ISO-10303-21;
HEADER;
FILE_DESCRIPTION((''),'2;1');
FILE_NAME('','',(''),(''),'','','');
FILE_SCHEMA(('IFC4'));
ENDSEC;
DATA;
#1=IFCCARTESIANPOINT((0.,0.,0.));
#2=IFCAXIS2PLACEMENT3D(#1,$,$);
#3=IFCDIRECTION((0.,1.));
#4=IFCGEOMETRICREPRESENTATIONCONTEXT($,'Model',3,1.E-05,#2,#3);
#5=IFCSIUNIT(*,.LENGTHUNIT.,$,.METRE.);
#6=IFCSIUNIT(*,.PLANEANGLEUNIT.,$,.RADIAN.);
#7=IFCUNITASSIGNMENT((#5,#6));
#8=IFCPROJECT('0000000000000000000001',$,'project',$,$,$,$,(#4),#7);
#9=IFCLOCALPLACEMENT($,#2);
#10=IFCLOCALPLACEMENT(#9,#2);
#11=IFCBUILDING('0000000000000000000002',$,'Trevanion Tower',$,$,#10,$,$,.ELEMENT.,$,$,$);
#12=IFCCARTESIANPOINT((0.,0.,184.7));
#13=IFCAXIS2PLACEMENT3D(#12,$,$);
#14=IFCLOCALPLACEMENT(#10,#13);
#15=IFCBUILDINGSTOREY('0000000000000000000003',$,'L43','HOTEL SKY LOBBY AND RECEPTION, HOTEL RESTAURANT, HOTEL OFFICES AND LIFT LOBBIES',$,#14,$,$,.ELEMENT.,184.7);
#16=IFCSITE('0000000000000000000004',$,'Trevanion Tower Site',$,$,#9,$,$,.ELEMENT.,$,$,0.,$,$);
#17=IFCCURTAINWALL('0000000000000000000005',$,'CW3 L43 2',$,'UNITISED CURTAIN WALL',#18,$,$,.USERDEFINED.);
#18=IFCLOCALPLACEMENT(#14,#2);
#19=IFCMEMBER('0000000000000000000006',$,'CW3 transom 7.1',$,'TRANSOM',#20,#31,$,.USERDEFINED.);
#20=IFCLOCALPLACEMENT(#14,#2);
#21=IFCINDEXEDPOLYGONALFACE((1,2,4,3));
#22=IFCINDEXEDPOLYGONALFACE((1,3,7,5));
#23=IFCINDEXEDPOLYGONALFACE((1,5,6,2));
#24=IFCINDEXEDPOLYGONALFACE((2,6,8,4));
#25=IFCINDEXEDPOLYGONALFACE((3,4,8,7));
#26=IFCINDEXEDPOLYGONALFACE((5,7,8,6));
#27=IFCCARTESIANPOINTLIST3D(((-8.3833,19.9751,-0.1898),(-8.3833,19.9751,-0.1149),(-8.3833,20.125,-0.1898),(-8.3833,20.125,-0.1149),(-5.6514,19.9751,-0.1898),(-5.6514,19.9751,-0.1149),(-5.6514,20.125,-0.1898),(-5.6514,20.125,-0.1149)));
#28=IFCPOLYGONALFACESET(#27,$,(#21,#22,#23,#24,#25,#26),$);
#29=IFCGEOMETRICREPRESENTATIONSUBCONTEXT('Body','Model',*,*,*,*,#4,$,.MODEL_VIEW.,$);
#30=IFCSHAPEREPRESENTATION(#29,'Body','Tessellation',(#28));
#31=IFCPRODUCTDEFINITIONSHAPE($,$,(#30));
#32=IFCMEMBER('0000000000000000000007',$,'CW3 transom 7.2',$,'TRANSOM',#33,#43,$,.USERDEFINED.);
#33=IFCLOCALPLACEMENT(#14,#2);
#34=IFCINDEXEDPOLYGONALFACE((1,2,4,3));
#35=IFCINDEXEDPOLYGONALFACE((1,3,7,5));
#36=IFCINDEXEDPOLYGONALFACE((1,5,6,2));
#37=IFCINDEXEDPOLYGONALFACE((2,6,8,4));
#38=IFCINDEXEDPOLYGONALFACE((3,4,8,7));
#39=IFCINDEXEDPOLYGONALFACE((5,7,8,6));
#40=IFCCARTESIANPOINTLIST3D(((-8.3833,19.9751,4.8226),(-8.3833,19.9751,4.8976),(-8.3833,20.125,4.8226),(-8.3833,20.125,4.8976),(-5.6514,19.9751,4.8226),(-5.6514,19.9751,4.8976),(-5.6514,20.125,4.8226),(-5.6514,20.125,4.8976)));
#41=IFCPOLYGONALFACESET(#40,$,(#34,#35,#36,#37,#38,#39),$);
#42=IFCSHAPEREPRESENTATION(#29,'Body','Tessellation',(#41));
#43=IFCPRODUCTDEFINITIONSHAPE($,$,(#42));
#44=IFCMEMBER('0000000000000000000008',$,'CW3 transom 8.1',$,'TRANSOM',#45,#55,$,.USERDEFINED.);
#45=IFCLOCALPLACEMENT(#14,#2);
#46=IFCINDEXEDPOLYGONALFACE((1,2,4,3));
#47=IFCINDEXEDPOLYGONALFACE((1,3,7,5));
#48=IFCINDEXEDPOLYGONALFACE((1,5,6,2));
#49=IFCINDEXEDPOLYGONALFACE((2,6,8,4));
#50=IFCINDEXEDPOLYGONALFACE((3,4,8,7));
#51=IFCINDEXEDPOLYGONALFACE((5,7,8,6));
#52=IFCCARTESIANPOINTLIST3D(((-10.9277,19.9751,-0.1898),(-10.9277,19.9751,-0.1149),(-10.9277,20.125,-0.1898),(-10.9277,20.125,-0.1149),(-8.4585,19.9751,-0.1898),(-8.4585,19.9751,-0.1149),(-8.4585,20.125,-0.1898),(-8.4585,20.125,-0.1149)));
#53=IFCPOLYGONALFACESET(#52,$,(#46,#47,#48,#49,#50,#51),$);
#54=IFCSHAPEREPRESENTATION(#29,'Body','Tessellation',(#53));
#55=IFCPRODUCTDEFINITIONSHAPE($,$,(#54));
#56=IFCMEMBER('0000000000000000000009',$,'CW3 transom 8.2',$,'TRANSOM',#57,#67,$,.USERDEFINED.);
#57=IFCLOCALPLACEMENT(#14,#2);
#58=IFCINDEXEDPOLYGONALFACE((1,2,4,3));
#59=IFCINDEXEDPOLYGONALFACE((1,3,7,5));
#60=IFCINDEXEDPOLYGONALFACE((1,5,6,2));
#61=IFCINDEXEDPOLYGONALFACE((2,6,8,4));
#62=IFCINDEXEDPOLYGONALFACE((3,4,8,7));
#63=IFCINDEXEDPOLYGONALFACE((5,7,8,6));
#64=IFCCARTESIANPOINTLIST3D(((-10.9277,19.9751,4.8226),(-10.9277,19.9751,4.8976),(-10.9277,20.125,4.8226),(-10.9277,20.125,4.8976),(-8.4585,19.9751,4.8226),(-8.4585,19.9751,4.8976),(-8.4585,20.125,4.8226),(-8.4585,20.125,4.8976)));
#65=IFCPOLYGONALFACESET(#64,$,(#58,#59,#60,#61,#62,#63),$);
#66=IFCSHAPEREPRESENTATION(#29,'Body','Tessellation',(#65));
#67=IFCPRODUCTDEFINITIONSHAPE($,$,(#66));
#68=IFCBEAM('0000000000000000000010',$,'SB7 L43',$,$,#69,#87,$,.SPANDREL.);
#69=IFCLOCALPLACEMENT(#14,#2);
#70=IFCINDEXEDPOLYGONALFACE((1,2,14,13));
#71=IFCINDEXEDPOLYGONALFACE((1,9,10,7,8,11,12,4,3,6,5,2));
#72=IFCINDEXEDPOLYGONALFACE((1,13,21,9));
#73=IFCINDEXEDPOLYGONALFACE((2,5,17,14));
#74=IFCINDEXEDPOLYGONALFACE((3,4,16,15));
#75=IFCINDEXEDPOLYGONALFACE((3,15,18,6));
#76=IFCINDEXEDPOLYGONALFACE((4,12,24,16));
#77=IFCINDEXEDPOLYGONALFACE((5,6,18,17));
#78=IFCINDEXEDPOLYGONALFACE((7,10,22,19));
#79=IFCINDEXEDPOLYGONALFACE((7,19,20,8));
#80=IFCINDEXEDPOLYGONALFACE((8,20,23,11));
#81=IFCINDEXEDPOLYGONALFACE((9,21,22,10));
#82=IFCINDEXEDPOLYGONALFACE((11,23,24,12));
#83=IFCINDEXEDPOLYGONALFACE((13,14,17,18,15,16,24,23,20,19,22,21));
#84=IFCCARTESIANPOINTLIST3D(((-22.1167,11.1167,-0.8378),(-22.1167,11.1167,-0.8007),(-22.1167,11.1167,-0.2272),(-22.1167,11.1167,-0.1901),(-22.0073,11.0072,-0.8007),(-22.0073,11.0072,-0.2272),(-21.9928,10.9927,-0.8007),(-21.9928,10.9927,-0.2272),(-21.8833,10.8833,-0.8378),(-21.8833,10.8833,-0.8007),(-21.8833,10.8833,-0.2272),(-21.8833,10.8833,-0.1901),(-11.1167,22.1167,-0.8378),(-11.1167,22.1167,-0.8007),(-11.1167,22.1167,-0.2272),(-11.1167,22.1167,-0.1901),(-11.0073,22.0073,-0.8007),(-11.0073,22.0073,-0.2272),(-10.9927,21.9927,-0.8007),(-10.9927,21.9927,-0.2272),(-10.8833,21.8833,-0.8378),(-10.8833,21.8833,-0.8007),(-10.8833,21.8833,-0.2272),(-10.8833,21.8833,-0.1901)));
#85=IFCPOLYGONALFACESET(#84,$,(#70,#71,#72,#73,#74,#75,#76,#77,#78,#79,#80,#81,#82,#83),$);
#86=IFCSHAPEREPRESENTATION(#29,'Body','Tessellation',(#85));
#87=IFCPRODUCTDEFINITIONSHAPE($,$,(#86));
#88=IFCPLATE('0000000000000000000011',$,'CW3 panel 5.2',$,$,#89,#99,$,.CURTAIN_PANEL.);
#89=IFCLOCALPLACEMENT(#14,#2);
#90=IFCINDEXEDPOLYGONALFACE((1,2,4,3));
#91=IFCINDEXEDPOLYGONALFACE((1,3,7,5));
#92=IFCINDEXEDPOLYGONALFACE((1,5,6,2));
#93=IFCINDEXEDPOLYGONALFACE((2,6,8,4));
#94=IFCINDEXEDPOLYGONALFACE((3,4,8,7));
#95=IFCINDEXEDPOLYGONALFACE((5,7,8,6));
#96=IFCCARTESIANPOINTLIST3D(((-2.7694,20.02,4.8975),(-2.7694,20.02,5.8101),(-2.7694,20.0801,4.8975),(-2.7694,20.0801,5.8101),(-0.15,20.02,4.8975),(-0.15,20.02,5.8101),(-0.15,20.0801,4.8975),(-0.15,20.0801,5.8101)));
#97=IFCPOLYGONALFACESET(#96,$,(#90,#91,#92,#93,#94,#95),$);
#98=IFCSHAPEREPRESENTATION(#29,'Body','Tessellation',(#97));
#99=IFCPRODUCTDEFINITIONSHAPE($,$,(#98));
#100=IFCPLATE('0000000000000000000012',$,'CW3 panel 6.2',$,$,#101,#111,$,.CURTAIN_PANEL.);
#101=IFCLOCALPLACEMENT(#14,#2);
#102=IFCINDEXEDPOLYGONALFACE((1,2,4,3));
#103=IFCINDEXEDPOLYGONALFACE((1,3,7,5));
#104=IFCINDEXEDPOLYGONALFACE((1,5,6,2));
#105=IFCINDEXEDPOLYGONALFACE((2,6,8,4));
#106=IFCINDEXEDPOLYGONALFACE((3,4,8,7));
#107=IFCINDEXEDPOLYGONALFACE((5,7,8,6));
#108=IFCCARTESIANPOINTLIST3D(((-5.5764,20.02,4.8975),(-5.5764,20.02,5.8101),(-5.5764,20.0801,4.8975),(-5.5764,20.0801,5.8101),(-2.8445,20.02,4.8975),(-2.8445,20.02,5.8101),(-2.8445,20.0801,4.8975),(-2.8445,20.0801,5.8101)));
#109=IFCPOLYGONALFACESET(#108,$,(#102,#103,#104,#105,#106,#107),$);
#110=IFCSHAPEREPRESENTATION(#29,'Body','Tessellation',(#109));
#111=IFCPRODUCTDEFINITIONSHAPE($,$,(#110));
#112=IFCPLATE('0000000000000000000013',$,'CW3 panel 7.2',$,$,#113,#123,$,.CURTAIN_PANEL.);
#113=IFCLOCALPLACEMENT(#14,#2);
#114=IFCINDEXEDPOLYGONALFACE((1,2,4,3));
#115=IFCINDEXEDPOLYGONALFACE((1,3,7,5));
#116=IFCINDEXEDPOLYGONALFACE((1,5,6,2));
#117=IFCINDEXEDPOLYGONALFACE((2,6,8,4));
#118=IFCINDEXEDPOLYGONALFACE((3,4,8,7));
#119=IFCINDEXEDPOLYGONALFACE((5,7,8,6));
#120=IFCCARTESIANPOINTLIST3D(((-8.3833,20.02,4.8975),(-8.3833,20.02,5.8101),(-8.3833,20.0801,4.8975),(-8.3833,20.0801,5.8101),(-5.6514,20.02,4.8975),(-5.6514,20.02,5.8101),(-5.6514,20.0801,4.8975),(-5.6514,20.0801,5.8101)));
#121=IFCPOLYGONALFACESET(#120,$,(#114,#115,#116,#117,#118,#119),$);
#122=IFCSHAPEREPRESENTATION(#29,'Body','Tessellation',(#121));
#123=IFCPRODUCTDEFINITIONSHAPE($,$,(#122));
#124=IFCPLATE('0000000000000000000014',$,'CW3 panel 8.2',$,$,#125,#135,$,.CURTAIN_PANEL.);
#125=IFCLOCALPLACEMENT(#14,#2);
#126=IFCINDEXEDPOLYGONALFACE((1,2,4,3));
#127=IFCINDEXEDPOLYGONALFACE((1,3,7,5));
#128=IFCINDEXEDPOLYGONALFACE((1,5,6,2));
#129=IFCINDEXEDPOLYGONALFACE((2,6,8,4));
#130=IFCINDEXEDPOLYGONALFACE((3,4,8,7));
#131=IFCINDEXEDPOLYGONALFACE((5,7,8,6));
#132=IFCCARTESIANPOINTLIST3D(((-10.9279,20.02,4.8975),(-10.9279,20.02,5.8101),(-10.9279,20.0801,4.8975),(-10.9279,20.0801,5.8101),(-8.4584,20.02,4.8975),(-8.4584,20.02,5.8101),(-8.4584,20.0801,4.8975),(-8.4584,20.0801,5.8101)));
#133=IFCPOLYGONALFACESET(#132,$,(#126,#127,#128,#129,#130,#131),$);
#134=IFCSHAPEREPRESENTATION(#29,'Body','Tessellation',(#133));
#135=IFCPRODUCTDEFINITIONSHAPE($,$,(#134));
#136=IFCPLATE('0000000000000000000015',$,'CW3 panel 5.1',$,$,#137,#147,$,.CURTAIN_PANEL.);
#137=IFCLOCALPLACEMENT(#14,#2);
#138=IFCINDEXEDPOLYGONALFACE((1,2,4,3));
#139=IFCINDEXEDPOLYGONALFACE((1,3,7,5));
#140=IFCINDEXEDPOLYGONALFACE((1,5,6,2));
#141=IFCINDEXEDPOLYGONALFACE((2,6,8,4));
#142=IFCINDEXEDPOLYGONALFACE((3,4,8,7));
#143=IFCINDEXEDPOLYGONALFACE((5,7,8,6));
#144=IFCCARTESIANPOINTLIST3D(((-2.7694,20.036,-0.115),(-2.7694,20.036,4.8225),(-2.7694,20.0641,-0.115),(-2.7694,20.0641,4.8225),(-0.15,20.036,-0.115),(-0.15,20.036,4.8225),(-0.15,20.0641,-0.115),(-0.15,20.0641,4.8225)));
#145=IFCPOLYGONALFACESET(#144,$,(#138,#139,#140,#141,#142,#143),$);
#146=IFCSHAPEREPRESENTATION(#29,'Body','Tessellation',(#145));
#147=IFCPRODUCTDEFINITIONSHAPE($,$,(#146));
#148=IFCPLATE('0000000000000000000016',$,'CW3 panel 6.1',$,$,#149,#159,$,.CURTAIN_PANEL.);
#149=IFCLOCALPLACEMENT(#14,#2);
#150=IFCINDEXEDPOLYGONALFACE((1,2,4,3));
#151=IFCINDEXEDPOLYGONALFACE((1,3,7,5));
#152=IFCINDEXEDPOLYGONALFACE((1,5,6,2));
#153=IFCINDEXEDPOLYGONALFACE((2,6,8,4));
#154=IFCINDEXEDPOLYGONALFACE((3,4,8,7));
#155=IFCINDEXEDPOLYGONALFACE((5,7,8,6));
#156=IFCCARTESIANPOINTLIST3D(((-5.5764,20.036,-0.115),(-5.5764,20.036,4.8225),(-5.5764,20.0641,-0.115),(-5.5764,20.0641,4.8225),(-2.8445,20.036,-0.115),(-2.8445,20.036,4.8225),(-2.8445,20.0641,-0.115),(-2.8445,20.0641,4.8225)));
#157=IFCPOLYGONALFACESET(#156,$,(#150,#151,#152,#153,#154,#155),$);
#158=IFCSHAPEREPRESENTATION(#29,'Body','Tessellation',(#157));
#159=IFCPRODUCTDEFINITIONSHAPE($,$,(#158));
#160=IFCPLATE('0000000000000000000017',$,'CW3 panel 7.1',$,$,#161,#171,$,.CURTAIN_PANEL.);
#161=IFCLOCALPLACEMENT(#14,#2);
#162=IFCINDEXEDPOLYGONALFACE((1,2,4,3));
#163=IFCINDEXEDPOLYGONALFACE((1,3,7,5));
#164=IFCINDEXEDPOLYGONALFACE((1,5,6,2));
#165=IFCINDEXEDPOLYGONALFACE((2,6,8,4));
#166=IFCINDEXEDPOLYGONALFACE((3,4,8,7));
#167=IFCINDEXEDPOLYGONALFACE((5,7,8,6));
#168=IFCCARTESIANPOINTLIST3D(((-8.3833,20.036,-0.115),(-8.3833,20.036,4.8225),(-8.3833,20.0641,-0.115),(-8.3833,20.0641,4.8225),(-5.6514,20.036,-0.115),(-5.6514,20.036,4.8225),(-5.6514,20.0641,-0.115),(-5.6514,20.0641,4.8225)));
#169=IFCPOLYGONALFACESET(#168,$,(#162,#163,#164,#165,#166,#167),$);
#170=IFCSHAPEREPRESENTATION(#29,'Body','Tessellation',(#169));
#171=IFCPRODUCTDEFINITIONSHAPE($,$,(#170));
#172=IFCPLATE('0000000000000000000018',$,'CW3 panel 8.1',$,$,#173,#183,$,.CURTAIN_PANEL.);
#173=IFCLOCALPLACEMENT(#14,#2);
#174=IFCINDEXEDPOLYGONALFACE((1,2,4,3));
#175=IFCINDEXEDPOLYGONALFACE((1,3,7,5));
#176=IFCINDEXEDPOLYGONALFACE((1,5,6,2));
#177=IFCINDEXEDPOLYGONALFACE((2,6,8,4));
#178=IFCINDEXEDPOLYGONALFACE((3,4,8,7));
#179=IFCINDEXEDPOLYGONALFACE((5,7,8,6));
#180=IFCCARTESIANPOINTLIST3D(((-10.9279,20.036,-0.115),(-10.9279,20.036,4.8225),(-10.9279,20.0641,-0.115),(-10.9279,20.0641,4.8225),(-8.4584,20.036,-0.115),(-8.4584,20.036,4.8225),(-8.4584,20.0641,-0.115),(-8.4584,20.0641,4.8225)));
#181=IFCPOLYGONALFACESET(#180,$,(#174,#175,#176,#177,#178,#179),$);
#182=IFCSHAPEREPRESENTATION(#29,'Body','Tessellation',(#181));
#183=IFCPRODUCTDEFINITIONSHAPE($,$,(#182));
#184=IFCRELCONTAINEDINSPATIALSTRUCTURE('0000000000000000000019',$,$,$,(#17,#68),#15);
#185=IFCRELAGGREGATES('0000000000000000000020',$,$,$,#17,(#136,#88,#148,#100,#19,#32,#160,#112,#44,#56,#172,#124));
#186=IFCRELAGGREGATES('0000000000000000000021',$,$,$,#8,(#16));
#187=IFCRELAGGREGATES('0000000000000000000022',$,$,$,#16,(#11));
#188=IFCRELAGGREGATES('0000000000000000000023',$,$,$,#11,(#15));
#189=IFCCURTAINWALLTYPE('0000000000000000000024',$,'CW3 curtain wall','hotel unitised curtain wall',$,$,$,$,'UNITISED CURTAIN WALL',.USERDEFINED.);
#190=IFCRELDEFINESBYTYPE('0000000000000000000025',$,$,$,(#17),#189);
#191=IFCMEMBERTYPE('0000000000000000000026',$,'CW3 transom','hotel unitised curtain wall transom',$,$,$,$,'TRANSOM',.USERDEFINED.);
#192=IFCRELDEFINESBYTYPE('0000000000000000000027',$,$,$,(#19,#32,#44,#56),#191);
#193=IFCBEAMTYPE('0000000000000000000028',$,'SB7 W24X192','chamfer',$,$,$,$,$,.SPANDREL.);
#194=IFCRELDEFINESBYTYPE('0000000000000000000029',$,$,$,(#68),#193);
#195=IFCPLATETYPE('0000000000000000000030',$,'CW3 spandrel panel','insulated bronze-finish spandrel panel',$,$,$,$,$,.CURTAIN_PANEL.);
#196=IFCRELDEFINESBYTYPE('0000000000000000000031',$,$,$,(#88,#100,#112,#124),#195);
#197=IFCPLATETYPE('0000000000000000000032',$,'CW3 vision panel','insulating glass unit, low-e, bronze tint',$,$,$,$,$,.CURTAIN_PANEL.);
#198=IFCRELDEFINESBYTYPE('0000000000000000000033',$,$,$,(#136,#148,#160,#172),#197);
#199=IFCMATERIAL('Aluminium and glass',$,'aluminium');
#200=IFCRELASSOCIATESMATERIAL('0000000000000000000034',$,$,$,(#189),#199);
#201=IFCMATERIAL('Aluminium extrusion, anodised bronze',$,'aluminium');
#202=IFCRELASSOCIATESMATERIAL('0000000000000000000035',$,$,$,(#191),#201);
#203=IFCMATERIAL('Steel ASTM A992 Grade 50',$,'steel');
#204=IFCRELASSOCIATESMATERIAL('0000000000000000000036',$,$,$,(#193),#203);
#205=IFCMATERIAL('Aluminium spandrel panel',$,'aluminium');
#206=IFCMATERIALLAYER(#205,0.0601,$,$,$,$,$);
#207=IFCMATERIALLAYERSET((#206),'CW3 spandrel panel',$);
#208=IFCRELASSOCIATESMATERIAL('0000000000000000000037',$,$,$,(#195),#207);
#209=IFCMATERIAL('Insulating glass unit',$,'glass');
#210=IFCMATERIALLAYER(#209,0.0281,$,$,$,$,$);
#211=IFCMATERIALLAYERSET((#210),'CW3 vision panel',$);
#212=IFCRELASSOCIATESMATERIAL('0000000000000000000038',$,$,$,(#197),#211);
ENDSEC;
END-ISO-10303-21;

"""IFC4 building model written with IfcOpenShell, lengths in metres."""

from ifc_helpers import new_model, si_unit, direction, frame, origin, origin_2d, place, context, subcontext, project, spatial, rectangle, i_section, extrude, material, layer, layer_set, material_profile, profile_set, type_object, element, aggregate, save


model = new_model("IFC4")

# Units and contexts
model_context = context("Model", 3, precision=1e-05, world=origin(), true_north=direction((0.0, 1.0)))
body_context = subcontext(model_context, "Body", "Model", "MODEL_VIEW")
ifc_project = project(units=[si_unit("LENGTHUNIT", "METRE"), si_unit("PLANEANGLEUNIT", "RADIAN")], contexts=[model_context])

# Site, building, storey
site_placement = place(None, origin())
site = spatial("IfcSite", under=ifc_project, at=site_placement, Name="Trevanion Tower Site", CompositionType="ELEMENT", RefElevation=0.0)
building_placement = place(site_placement, origin())
building = spatial("IfcBuilding", under=site, at=building_placement, Name="Trevanion Tower", CompositionType="ELEMENT")
storey_placement = place(building_placement, frame((0.0, 0.0, 184.7)))
storey = spatial("IfcBuildingStorey", under=building, at=storey_placement, Name="L43", Description="HOTEL SKY LOBBY AND RECEPTION, HOTEL RESTAURANT, HOTEL OFFICES AND LIFT LOBBIES", CompositionType="ELEMENT", Elevation=184.7)

# Curtain wall, members
ifc_material_1 = material(Name="Aluminium and glass", Category="aluminium")
curtain_wall_type = type_object("IfcCurtainWallType", Name="CW3 curtain wall", Description="hotel unitised curtain wall", ElementType="UNITISED CURTAIN WALL", PredefinedType="USERDEFINED", material=ifc_material_1)
curtain_wall_placement = place(storey_placement, origin())
curtain_wall = element("IfcCurtainWall", 1, at=curtain_wall_placement, inside=storey, type_object=curtain_wall_type, Name="CW3 L43 2", ObjectType="UNITISED CURTAIN WALL", PredefinedType="USERDEFINED")
ifc_material_2 = material(Name="Aluminium extrusion, anodised bronze", Category="aluminium")
ifc_material_profile_1 = material_profile(ifc_material_2, rectangle(XDim=0.1499, YDim=0.075, at=origin_2d()), Name="CW3 transom")
ifc_profile_set_1 = profile_set([ifc_material_profile_1], Name="Aluminium extrusion, anodised bronze")
member_type_1 = type_object("IfcMemberType", Name="CW3 transom", Description="hotel unitised curtain wall transom", ElementType="TRANSOM", PredefinedType="USERDEFINED", material=ifc_profile_set_1)
member_1_placement = place(storey_placement, frame((-5.6514, 20.05, -0.1523), z_axis=(-1.0, 0.0, 0.0), x_axis=(0.0, -1.0, 0.0)))
member_1 = element("IfcMember", 2, at=member_1_placement, type_object=member_type_1, Name="CW3 transom 7.1", ObjectType="TRANSOM", PredefinedType="USERDEFINED", context=body_context, shape_type="SweptSolid", body=[
    extrude(rectangle(XDim=0.1499, YDim=0.075, at=origin_2d()), origin(), (0.0, 0.0, 1.0), 2.7319),
])
member_2_placement = place(storey_placement, frame((-5.6514, 20.05, 4.8601), z_axis=(-1.0, 0.0, 0.0), x_axis=(0.0, -1.0, 0.0)))
member_2 = element("IfcMember", 3, at=member_2_placement, type_object=member_type_1, Name="CW3 transom 7.2", ObjectType="TRANSOM", PredefinedType="USERDEFINED", context=body_context, shape_type="SweptSolid", body=[
    extrude(rectangle(XDim=0.1499, YDim=0.075, at=origin_2d()), origin(), (0.0, 0.0, 1.0), 2.7319),
])
member_3_placement = place(storey_placement, frame((-8.4585, 20.05, -0.1523), z_axis=(-1.0, 0.0, 0.0), x_axis=(0.0, -1.0, 0.0)))
member_3 = element("IfcMember", 4, at=member_3_placement, type_object=member_type_1, Name="CW3 transom 8.1", ObjectType="TRANSOM", PredefinedType="USERDEFINED", context=body_context, shape_type="SweptSolid", body=[
    extrude(rectangle(XDim=0.1499, YDim=0.075, at=origin_2d()), origin(), (0.0, 0.0, 1.0), 2.4692),
])
member_4_placement = place(storey_placement, frame((-8.4585, 20.05, 4.8601), z_axis=(-1.0, 0.0, 0.0), x_axis=(0.0, -1.0, 0.0)))
member_4 = element("IfcMember", 5, at=member_4_placement, type_object=member_type_1, Name="CW3 transom 8.2", ObjectType="TRANSOM", PredefinedType="USERDEFINED", context=body_context, shape_type="SweptSolid", body=[
    extrude(rectangle(XDim=0.1499, YDim=0.075, at=origin_2d()), origin(), (0.0, 0.0, 1.0), 2.4692),
])

# Beam
ifc_material_3 = material(Name="Steel ASTM A992 Grade 50", Category="steel")
ifc_material_profile_2 = material_profile(ifc_material_3, i_section(OverallWidth=0.3301, OverallDepth=0.6477, WebThickness=0.0205, FlangeThickness=0.0371, at=origin_2d()), Name="W24X192")
ifc_profile_set_2 = profile_set([ifc_material_profile_2], Name="Steel ASTM A992 Grade 50")
beam_type_1 = type_object("IfcBeamType", Name="SB7 W24X192", Description="chamfer", PredefinedType="SPANDREL", material=ifc_profile_set_2)
beam_placement = place(storey_placement, frame((-11.0, 22.0, -0.5139), z_axis=(-0.707107, -0.707107, 0.0), x_axis=(0.707107, -0.707107, 0.0)))
element("IfcBeam", 6, at=beam_placement, inside=storey, type_object=beam_type_1, Name="SB7 L43", PredefinedType="SPANDREL", context=body_context, shape_type="SweptSolid", body=[
    extrude(i_section(OverallWidth=0.3301, OverallDepth=0.6477, WebThickness=0.0205, FlangeThickness=0.0371, at=origin_2d()), origin(), (0.0, 0.0, 1.0), 15.5564),
])

# Plates
ifc_material_4 = material(Name="Aluminium spandrel panel", Category="aluminium")
ifc_layer_1 = layer(ifc_material_4, 0.0601)
ifc_layer_set_1 = layer_set([ifc_layer_1], Name="CW3 spandrel panel")
plate_type_1 = type_object("IfcPlateType", Name="CW3 spandrel panel", Description="insulated bronze-finish spandrel panel", PredefinedType="CURTAIN_PANEL", material=ifc_layer_set_1)
plate_1_placement = place(storey_placement, frame((-1.4597, 20.05, 4.8975), z_axis=(0.0, 0.0, 1.0), x_axis=(-1.0, 0.0, 0.0)))
plate_1 = element("IfcPlate", 7, at=plate_1_placement, type_object=plate_type_1, Name="CW3 panel 5.2", PredefinedType="CURTAIN_PANEL", context=body_context, shape_type="SweptSolid", body=[
    extrude(rectangle(XDim=2.6194, YDim=0.0601, at=origin_2d()), origin(), (0.0, 0.0, 1.0), 0.9126),
])
plate_2_placement = place(storey_placement, frame((-4.2104, 20.05, 4.8975), z_axis=(0.0, 0.0, 1.0), x_axis=(-1.0, 0.0, 0.0)))
plate_2 = element("IfcPlate", 8, at=plate_2_placement, type_object=plate_type_1, Name="CW3 panel 6.2", PredefinedType="CURTAIN_PANEL", context=body_context, shape_type="SweptSolid", body=[
    extrude(rectangle(XDim=2.7319, YDim=0.0601, at=origin_2d()), origin(), (0.0, 0.0, 1.0), 0.9126),
])
plate_3_placement = place(storey_placement, frame((-7.0173, 20.05, 4.8975), z_axis=(0.0, 0.0, 1.0), x_axis=(-1.0, 0.0, 0.0)))
plate_3 = element("IfcPlate", 9, at=plate_3_placement, type_object=plate_type_1, Name="CW3 panel 7.2", PredefinedType="CURTAIN_PANEL", context=body_context, shape_type="SweptSolid", body=[
    extrude(rectangle(XDim=2.7319, YDim=0.0601, at=origin_2d()), origin(), (0.0, 0.0, 1.0), 0.9126),
])
plate_4_placement = place(storey_placement, frame((-9.6931, 20.05, 4.8975), z_axis=(0.0, 0.0, 1.0), x_axis=(-1.0, 0.0, 0.0)))
plate_4 = element("IfcPlate", 10, at=plate_4_placement, type_object=plate_type_1, Name="CW3 panel 8.2", PredefinedType="CURTAIN_PANEL", context=body_context, shape_type="SweptSolid", body=[
    extrude(rectangle(XDim=2.4695, YDim=0.0601, at=origin_2d()), origin(), (0.0, 0.0, 1.0), 0.9126),
])
ifc_material_5 = material(Name="Insulating glass unit", Category="glass")
ifc_layer_2 = layer(ifc_material_5, 0.0281)
ifc_layer_set_2 = layer_set([ifc_layer_2], Name="CW3 vision panel")
plate_type_2 = type_object("IfcPlateType", Name="CW3 vision panel", Description="insulating glass unit, low-e, bronze tint", PredefinedType="CURTAIN_PANEL", material=ifc_layer_set_2)
plate_5_placement = place(storey_placement, frame((-1.4597, 20.05, -0.115), z_axis=(0.0, 0.0, 1.0), x_axis=(-1.0, 0.0, 0.0)))
plate_5 = element("IfcPlate", 11, at=plate_5_placement, type_object=plate_type_2, Name="CW3 panel 5.1", PredefinedType="CURTAIN_PANEL", context=body_context, shape_type="SweptSolid", body=[
    extrude(rectangle(XDim=2.6194, YDim=0.0281, at=origin_2d()), origin(), (0.0, 0.0, 1.0), 4.9375),
])
plate_6_placement = place(storey_placement, frame((-4.2104, 20.05, -0.115), z_axis=(0.0, 0.0, 1.0), x_axis=(-1.0, 0.0, 0.0)))
plate_6 = element("IfcPlate", 12, at=plate_6_placement, type_object=plate_type_2, Name="CW3 panel 6.1", PredefinedType="CURTAIN_PANEL", context=body_context, shape_type="SweptSolid", body=[
    extrude(rectangle(XDim=2.7319, YDim=0.0281, at=origin_2d()), origin(), (0.0, 0.0, 1.0), 4.9375),
])
plate_7_placement = place(storey_placement, frame((-7.0173, 20.05, -0.115), z_axis=(0.0, 0.0, 1.0), x_axis=(-1.0, 0.0, 0.0)))
plate_7 = element("IfcPlate", 13, at=plate_7_placement, type_object=plate_type_2, Name="CW3 panel 7.1", PredefinedType="CURTAIN_PANEL", context=body_context, shape_type="SweptSolid", body=[
    extrude(rectangle(XDim=2.7319, YDim=0.0281, at=origin_2d()), origin(), (0.0, 0.0, 1.0), 4.9375),
])
plate_8_placement = place(storey_placement, frame((-9.6931, 20.05, -0.115), z_axis=(0.0, 0.0, 1.0), x_axis=(-1.0, 0.0, 0.0)))
plate_8 = element("IfcPlate", 14, at=plate_8_placement, type_object=plate_type_2, Name="CW3 panel 8.1", PredefinedType="CURTAIN_PANEL", context=body_context, shape_type="SweptSolid", body=[
    extrude(rectangle(XDim=2.4695, YDim=0.0281, at=origin_2d()), origin(), (0.0, 0.0, 1.0), 4.9375),
])
aggregate(curtain_wall, [plate_5, plate_1, plate_6, plate_2, member_1, member_2, plate_7, plate_3, member_3, member_4, plate_8, plate_4])

save(model, "model.ifc")
